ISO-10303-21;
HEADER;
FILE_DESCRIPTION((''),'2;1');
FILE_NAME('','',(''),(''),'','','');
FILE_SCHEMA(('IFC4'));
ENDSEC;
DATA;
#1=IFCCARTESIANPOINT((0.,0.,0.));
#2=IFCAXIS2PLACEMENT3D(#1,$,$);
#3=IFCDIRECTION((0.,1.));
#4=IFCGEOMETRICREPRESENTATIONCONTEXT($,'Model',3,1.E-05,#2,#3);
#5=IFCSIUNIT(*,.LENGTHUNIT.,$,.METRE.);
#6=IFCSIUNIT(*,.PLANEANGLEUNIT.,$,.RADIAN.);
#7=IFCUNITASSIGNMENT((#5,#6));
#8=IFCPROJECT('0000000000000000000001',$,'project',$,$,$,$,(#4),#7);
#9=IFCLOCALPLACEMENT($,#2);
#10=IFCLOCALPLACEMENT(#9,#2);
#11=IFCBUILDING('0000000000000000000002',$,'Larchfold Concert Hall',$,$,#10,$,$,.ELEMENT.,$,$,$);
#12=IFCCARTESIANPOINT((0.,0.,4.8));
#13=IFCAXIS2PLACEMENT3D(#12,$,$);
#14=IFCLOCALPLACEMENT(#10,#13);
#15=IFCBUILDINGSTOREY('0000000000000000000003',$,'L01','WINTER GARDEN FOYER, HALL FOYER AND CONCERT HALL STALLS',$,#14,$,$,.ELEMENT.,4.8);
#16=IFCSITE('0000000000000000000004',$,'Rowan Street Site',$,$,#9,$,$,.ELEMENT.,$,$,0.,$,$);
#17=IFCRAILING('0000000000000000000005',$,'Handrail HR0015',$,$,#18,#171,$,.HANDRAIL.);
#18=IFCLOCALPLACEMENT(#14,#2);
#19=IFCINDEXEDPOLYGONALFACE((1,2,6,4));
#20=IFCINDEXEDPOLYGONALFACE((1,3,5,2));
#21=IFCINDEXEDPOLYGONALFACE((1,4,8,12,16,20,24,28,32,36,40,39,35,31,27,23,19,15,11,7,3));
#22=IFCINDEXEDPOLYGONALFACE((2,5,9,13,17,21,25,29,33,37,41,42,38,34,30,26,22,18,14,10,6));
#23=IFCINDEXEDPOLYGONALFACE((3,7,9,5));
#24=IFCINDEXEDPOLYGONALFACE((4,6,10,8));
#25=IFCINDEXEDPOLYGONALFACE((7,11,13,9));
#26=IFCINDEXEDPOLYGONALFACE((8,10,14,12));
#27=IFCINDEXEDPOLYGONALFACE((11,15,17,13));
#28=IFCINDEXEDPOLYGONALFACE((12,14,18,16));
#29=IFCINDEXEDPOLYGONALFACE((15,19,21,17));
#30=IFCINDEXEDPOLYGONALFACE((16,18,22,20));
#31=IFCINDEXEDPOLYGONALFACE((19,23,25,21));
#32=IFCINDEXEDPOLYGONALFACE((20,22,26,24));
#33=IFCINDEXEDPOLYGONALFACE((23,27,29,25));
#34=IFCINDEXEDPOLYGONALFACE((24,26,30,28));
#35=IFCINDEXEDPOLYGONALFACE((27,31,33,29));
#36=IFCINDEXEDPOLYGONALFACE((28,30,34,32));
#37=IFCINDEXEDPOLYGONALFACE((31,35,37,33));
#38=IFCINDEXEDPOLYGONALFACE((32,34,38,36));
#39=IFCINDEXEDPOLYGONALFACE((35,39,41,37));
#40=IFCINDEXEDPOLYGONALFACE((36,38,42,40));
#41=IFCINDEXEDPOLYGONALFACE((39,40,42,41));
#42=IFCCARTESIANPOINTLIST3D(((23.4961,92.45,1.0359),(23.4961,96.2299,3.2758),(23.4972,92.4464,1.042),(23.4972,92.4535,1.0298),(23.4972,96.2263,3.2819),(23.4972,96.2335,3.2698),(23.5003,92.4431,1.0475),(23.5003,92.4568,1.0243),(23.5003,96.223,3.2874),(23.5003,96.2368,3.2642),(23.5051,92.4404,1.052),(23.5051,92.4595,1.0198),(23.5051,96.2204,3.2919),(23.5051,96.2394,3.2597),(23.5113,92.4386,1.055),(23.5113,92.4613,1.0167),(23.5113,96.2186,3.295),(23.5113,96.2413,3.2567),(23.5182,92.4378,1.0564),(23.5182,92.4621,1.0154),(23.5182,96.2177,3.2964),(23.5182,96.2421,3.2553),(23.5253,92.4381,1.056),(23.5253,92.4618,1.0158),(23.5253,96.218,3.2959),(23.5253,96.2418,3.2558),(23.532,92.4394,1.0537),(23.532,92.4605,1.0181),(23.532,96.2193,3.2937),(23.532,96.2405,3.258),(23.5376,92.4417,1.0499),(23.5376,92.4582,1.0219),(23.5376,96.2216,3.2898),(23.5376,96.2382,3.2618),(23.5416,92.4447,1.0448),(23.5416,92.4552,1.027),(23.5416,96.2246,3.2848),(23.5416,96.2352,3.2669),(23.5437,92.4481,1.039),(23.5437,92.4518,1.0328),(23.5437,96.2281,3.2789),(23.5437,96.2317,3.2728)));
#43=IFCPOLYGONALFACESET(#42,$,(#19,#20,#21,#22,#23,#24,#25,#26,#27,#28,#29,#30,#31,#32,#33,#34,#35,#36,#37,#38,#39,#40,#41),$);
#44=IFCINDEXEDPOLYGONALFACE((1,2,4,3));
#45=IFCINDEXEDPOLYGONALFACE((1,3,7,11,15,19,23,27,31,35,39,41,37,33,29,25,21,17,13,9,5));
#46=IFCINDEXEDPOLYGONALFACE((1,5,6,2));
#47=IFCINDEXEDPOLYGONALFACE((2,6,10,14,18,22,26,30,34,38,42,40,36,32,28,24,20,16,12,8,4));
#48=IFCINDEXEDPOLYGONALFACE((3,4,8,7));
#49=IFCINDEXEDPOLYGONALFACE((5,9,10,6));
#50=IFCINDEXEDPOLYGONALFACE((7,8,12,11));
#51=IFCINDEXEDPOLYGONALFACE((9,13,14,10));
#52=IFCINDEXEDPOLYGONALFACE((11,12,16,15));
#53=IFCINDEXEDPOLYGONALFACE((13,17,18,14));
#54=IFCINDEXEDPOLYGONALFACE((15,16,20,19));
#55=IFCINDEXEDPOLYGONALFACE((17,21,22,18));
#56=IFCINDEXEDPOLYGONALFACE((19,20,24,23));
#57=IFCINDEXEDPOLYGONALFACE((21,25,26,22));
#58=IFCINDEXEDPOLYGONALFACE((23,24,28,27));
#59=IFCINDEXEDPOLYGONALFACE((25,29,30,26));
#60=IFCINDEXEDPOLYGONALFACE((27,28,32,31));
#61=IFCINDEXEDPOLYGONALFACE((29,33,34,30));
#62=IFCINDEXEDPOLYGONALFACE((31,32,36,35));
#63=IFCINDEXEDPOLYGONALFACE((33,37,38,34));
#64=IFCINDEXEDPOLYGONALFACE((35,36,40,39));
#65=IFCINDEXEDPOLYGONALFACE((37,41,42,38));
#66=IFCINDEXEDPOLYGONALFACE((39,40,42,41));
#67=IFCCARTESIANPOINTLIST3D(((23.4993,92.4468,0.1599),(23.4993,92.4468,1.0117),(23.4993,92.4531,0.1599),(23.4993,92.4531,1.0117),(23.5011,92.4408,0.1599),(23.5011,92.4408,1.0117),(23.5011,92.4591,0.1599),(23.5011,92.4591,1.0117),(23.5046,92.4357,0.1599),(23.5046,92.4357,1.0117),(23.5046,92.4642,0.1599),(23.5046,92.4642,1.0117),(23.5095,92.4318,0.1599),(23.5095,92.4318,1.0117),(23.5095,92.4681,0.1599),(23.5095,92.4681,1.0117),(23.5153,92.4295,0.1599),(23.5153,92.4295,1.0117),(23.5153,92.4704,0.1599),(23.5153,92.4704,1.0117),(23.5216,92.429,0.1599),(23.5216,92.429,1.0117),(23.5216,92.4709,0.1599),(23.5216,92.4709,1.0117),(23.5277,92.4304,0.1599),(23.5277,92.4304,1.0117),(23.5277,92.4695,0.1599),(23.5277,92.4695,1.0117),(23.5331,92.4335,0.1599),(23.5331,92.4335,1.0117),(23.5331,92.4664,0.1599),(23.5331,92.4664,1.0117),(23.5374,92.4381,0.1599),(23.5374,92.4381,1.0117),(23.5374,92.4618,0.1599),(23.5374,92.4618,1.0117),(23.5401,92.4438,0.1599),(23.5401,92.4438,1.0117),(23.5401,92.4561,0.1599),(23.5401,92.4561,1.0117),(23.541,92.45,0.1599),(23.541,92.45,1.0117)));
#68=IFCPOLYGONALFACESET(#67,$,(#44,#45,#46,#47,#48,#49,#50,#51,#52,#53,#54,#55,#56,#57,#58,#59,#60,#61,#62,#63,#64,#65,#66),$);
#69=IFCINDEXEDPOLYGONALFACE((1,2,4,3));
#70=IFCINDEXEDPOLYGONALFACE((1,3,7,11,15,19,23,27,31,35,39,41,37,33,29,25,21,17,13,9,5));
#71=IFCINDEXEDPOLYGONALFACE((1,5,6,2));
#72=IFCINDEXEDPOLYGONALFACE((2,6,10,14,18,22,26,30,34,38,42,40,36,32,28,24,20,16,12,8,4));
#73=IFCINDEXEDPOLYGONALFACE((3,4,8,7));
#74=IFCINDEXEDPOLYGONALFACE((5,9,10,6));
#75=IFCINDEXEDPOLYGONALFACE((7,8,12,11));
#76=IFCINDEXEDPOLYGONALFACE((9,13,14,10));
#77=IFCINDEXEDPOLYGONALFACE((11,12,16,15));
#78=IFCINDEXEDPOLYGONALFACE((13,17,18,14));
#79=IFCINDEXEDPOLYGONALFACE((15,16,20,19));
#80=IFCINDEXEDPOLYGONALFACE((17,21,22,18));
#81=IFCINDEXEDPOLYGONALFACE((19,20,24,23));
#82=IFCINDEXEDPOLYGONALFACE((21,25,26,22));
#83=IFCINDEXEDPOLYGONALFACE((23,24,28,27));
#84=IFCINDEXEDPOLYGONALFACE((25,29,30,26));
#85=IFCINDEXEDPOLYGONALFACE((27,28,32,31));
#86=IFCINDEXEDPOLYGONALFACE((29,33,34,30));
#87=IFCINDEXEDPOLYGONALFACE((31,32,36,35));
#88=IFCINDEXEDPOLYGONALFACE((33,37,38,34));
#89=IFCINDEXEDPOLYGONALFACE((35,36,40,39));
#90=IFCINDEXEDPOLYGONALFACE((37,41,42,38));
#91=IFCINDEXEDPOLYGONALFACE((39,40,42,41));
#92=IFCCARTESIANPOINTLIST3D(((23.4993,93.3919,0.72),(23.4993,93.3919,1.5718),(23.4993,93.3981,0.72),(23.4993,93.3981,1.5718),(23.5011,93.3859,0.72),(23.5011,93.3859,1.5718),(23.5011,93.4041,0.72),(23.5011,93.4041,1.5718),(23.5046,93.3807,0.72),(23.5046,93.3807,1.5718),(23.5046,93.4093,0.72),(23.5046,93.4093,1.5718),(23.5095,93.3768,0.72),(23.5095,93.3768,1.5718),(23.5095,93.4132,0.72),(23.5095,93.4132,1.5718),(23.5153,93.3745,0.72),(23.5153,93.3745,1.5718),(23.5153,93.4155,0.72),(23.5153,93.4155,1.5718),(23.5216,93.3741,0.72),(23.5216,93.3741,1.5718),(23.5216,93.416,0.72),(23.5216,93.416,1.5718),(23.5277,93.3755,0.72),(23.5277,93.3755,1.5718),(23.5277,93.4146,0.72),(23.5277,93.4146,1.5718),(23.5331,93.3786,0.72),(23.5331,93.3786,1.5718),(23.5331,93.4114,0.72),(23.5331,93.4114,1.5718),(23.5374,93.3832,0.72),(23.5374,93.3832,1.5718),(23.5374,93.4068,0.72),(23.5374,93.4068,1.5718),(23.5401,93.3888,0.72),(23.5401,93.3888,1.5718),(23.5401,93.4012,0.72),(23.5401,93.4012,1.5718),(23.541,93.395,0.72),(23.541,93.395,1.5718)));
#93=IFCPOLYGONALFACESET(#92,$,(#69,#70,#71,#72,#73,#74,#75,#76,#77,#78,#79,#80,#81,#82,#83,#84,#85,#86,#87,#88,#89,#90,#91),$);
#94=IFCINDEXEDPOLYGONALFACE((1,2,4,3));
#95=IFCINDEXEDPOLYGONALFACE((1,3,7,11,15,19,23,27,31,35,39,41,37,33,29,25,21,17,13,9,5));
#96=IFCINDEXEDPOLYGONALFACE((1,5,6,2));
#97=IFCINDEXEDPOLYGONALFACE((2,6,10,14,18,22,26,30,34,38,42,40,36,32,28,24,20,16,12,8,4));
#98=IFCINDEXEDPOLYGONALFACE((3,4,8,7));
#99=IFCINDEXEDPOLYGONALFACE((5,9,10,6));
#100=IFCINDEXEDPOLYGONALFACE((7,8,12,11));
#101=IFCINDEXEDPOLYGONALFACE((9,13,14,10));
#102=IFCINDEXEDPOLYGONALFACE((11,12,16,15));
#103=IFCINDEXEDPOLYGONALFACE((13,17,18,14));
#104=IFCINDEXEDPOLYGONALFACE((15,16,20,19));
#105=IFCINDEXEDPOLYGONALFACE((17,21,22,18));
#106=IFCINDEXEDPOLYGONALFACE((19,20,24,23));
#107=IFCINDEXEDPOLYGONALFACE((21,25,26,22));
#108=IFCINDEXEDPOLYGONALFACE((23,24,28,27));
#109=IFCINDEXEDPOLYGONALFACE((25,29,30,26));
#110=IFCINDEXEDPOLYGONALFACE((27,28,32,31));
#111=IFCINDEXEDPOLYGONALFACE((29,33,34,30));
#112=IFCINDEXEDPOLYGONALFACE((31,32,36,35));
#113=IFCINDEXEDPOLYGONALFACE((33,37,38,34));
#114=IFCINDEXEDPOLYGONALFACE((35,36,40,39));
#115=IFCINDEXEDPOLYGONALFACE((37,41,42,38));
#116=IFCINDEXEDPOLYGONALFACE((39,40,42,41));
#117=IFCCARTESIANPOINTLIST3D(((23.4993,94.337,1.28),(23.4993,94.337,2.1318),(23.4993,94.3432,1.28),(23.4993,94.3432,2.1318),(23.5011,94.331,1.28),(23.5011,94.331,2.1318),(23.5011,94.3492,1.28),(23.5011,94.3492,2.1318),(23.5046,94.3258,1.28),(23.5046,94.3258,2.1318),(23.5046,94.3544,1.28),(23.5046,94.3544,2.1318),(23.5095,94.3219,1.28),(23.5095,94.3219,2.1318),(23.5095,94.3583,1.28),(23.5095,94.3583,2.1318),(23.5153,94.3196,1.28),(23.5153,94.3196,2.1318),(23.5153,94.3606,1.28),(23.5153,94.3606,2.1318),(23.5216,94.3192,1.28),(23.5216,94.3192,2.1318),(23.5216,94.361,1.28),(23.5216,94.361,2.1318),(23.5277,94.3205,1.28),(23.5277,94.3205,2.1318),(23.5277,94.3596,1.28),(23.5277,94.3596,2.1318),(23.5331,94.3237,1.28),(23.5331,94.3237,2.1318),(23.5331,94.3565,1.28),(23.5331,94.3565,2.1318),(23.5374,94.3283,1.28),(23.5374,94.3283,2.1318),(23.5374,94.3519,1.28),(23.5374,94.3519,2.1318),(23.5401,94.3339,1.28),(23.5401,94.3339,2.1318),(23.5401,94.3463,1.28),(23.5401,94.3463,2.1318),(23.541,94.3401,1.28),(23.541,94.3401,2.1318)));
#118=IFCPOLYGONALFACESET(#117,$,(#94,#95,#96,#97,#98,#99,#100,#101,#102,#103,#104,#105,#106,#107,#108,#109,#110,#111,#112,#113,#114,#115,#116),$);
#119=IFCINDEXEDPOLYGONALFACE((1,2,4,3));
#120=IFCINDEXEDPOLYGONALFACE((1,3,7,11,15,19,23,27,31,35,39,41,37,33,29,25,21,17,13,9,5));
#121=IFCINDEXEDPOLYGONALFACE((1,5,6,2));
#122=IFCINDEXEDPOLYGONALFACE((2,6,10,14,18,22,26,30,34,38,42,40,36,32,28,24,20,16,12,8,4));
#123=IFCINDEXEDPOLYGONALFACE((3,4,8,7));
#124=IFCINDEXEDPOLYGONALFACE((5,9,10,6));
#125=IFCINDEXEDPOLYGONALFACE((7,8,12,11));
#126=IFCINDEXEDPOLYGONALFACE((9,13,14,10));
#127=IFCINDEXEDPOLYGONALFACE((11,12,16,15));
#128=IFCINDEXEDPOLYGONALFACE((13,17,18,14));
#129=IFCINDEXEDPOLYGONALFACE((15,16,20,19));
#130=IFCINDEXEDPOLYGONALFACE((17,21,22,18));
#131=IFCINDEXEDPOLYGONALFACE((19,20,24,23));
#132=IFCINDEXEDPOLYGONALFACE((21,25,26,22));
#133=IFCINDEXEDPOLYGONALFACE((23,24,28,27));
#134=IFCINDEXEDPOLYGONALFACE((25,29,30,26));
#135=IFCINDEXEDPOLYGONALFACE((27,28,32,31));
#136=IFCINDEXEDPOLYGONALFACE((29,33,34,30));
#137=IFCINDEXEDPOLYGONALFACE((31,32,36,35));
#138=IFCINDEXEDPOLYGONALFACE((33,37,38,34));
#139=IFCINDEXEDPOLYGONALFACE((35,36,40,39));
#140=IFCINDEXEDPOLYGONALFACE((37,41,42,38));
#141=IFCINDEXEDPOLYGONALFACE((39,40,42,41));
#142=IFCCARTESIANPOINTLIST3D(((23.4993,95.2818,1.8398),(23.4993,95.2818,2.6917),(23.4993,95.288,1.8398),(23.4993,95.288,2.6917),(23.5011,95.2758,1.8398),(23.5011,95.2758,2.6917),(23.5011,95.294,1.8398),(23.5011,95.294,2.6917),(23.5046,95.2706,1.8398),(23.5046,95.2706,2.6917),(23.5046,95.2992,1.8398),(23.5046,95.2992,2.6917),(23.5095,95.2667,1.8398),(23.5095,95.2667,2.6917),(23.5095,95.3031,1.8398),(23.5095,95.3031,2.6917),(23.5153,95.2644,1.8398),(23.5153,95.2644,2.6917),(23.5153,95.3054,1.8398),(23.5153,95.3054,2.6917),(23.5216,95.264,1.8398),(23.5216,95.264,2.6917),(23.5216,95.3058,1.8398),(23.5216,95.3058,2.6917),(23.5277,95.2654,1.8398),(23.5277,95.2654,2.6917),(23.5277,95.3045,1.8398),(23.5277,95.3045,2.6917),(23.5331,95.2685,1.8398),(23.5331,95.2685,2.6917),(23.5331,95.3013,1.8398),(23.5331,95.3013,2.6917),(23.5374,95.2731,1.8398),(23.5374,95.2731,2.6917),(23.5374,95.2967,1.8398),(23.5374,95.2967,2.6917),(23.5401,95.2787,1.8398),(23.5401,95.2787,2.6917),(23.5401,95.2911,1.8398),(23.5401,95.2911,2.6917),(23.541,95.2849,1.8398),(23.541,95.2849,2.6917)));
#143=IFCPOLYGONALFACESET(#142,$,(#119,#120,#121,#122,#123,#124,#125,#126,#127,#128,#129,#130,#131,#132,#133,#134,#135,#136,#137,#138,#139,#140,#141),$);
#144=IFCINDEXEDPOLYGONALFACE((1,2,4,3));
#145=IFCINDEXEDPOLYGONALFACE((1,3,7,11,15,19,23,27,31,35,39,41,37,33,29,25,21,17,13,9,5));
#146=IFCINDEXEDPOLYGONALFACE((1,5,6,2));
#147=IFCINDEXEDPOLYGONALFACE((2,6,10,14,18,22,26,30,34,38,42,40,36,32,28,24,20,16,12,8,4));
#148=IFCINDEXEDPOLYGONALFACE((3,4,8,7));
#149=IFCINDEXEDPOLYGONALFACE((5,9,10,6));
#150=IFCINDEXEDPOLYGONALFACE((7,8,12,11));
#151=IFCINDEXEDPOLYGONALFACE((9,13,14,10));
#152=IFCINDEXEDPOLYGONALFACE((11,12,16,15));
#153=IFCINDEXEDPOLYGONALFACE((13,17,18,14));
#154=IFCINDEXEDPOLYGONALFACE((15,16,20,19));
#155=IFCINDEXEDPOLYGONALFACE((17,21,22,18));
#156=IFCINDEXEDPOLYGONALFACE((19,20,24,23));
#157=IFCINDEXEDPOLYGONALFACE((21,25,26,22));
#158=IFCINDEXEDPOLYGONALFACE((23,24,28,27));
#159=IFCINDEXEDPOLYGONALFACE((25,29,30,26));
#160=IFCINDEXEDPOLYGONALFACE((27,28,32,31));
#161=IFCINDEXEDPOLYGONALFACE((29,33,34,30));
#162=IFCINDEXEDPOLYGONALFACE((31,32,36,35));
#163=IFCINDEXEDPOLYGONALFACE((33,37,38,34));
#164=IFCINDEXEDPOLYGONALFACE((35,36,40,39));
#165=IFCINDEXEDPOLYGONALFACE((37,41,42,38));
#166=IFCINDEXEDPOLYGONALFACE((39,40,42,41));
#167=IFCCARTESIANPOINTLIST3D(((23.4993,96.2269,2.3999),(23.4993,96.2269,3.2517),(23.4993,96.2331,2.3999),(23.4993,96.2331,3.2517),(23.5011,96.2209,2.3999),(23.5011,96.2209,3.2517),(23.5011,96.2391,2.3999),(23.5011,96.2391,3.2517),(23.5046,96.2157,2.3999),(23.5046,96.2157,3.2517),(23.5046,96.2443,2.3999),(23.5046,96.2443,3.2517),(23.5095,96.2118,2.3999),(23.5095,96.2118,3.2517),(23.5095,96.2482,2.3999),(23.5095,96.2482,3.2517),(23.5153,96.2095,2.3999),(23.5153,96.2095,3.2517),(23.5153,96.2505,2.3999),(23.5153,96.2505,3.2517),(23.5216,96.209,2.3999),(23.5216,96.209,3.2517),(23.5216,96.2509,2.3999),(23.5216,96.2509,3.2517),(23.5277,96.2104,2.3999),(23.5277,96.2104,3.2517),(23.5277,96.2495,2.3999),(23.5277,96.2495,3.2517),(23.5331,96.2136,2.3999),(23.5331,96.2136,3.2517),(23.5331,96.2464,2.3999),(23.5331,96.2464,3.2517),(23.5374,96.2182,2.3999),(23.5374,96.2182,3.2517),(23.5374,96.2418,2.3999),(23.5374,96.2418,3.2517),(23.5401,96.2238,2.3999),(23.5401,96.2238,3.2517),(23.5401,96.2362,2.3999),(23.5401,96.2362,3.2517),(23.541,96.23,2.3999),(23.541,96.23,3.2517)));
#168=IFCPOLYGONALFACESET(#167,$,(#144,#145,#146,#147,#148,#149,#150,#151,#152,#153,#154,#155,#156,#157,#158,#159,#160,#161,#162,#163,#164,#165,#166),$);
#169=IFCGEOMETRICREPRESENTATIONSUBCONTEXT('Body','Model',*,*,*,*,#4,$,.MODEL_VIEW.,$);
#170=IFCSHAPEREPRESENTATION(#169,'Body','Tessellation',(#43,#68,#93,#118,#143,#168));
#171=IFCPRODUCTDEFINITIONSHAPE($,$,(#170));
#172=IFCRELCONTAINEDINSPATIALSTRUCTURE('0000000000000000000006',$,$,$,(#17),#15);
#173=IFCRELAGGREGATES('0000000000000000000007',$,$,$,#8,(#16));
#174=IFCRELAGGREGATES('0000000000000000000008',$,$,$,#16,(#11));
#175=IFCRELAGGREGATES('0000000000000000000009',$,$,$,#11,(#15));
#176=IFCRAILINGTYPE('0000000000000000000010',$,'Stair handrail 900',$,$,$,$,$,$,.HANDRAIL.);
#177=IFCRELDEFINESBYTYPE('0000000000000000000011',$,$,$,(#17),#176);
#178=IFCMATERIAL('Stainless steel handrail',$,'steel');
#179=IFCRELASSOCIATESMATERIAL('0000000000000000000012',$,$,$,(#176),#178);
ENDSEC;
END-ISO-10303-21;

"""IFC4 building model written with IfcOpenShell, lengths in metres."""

from ifc_helpers import new_model, si_unit, direction, frame, origin, origin_2d, place, context, subcontext, project, spatial, circle, extrude, material, type_object, element, save


model = new_model("IFC4")

# Units and contexts
model_context = context("Model", 3, precision=1e-05, world=origin(), true_north=direction((0.0, 1.0)))
body_context = subcontext(model_context, "Body", "Model", "MODEL_VIEW")
ifc_project = project(units=[si_unit("LENGTHUNIT", "METRE"), si_unit("PLANEANGLEUNIT", "RADIAN")], contexts=[model_context])

# Site, building, storey
site_placement = place(None, origin())
site = spatial("IfcSite", under=ifc_project, at=site_placement, Name="Rowan Street Site", CompositionType="ELEMENT", RefElevation=0.0)
building_placement = place(site_placement, origin())
building = spatial("IfcBuilding", under=site, at=building_placement, Name="Larchfold Concert Hall", CompositionType="ELEMENT")
storey_placement = place(building_placement, frame((0.0, 0.0, 4.8)))
storey = spatial("IfcBuildingStorey", under=building, at=storey_placement, Name="L01", Description="WINTER GARDEN FOYER, HALL FOYER AND CONCERT HALL STALLS", CompositionType="ELEMENT", Elevation=4.8)

# Railing
ifc_material_1 = material(Name="Stainless steel handrail", Category="steel")
railing_type_1 = type_object("IfcRailingType", Name="Stair handrail 900", PredefinedType="HANDRAIL", material=ifc_material_1)
railing_1_placement = place(storey_placement, frame((23.52, 92.45, 0.1599)))
element("IfcRailing", 1, at=railing_1_placement, inside=storey, type_object=railing_type_1, Name="Handrail HR0015", PredefinedType="HANDRAIL", context=body_context, shape_type="SweptSolid", body=[
    extrude(circle(Radius=0.0239, at=origin_2d()), frame((0.0, 0.0, 0.876), z_axis=(0.0, 0.860294, 0.509798), x_axis=(-1.0, 0.0, 0.0)), (0.0, 0.0, 1.0), 4.3938),
    extrude(circle(Radius=0.021, at=origin_2d()), origin(), (0.0, 0.0, 1.0), 0.8518),
    extrude(circle(Radius=0.021, at=origin_2d()), frame((0.0, 0.9451, 0.5601)), (0.0, 0.0, 1.0), 0.8518),
    extrude(circle(Radius=0.021, at=origin_2d()), frame((0.0, 1.8901, 1.1201)), (0.0, 0.0, 1.0), 0.8518),
    extrude(circle(Radius=0.021, at=origin_2d()), frame((0.0, 2.835, 1.6799)), (0.0, 0.0, 1.0), 0.8518),
    extrude(circle(Radius=0.021, at=origin_2d()), frame((0.0, 3.78, 2.24)), (0.0, 0.0, 1.0), 0.8518),
])

save(model, "model.ifc")
